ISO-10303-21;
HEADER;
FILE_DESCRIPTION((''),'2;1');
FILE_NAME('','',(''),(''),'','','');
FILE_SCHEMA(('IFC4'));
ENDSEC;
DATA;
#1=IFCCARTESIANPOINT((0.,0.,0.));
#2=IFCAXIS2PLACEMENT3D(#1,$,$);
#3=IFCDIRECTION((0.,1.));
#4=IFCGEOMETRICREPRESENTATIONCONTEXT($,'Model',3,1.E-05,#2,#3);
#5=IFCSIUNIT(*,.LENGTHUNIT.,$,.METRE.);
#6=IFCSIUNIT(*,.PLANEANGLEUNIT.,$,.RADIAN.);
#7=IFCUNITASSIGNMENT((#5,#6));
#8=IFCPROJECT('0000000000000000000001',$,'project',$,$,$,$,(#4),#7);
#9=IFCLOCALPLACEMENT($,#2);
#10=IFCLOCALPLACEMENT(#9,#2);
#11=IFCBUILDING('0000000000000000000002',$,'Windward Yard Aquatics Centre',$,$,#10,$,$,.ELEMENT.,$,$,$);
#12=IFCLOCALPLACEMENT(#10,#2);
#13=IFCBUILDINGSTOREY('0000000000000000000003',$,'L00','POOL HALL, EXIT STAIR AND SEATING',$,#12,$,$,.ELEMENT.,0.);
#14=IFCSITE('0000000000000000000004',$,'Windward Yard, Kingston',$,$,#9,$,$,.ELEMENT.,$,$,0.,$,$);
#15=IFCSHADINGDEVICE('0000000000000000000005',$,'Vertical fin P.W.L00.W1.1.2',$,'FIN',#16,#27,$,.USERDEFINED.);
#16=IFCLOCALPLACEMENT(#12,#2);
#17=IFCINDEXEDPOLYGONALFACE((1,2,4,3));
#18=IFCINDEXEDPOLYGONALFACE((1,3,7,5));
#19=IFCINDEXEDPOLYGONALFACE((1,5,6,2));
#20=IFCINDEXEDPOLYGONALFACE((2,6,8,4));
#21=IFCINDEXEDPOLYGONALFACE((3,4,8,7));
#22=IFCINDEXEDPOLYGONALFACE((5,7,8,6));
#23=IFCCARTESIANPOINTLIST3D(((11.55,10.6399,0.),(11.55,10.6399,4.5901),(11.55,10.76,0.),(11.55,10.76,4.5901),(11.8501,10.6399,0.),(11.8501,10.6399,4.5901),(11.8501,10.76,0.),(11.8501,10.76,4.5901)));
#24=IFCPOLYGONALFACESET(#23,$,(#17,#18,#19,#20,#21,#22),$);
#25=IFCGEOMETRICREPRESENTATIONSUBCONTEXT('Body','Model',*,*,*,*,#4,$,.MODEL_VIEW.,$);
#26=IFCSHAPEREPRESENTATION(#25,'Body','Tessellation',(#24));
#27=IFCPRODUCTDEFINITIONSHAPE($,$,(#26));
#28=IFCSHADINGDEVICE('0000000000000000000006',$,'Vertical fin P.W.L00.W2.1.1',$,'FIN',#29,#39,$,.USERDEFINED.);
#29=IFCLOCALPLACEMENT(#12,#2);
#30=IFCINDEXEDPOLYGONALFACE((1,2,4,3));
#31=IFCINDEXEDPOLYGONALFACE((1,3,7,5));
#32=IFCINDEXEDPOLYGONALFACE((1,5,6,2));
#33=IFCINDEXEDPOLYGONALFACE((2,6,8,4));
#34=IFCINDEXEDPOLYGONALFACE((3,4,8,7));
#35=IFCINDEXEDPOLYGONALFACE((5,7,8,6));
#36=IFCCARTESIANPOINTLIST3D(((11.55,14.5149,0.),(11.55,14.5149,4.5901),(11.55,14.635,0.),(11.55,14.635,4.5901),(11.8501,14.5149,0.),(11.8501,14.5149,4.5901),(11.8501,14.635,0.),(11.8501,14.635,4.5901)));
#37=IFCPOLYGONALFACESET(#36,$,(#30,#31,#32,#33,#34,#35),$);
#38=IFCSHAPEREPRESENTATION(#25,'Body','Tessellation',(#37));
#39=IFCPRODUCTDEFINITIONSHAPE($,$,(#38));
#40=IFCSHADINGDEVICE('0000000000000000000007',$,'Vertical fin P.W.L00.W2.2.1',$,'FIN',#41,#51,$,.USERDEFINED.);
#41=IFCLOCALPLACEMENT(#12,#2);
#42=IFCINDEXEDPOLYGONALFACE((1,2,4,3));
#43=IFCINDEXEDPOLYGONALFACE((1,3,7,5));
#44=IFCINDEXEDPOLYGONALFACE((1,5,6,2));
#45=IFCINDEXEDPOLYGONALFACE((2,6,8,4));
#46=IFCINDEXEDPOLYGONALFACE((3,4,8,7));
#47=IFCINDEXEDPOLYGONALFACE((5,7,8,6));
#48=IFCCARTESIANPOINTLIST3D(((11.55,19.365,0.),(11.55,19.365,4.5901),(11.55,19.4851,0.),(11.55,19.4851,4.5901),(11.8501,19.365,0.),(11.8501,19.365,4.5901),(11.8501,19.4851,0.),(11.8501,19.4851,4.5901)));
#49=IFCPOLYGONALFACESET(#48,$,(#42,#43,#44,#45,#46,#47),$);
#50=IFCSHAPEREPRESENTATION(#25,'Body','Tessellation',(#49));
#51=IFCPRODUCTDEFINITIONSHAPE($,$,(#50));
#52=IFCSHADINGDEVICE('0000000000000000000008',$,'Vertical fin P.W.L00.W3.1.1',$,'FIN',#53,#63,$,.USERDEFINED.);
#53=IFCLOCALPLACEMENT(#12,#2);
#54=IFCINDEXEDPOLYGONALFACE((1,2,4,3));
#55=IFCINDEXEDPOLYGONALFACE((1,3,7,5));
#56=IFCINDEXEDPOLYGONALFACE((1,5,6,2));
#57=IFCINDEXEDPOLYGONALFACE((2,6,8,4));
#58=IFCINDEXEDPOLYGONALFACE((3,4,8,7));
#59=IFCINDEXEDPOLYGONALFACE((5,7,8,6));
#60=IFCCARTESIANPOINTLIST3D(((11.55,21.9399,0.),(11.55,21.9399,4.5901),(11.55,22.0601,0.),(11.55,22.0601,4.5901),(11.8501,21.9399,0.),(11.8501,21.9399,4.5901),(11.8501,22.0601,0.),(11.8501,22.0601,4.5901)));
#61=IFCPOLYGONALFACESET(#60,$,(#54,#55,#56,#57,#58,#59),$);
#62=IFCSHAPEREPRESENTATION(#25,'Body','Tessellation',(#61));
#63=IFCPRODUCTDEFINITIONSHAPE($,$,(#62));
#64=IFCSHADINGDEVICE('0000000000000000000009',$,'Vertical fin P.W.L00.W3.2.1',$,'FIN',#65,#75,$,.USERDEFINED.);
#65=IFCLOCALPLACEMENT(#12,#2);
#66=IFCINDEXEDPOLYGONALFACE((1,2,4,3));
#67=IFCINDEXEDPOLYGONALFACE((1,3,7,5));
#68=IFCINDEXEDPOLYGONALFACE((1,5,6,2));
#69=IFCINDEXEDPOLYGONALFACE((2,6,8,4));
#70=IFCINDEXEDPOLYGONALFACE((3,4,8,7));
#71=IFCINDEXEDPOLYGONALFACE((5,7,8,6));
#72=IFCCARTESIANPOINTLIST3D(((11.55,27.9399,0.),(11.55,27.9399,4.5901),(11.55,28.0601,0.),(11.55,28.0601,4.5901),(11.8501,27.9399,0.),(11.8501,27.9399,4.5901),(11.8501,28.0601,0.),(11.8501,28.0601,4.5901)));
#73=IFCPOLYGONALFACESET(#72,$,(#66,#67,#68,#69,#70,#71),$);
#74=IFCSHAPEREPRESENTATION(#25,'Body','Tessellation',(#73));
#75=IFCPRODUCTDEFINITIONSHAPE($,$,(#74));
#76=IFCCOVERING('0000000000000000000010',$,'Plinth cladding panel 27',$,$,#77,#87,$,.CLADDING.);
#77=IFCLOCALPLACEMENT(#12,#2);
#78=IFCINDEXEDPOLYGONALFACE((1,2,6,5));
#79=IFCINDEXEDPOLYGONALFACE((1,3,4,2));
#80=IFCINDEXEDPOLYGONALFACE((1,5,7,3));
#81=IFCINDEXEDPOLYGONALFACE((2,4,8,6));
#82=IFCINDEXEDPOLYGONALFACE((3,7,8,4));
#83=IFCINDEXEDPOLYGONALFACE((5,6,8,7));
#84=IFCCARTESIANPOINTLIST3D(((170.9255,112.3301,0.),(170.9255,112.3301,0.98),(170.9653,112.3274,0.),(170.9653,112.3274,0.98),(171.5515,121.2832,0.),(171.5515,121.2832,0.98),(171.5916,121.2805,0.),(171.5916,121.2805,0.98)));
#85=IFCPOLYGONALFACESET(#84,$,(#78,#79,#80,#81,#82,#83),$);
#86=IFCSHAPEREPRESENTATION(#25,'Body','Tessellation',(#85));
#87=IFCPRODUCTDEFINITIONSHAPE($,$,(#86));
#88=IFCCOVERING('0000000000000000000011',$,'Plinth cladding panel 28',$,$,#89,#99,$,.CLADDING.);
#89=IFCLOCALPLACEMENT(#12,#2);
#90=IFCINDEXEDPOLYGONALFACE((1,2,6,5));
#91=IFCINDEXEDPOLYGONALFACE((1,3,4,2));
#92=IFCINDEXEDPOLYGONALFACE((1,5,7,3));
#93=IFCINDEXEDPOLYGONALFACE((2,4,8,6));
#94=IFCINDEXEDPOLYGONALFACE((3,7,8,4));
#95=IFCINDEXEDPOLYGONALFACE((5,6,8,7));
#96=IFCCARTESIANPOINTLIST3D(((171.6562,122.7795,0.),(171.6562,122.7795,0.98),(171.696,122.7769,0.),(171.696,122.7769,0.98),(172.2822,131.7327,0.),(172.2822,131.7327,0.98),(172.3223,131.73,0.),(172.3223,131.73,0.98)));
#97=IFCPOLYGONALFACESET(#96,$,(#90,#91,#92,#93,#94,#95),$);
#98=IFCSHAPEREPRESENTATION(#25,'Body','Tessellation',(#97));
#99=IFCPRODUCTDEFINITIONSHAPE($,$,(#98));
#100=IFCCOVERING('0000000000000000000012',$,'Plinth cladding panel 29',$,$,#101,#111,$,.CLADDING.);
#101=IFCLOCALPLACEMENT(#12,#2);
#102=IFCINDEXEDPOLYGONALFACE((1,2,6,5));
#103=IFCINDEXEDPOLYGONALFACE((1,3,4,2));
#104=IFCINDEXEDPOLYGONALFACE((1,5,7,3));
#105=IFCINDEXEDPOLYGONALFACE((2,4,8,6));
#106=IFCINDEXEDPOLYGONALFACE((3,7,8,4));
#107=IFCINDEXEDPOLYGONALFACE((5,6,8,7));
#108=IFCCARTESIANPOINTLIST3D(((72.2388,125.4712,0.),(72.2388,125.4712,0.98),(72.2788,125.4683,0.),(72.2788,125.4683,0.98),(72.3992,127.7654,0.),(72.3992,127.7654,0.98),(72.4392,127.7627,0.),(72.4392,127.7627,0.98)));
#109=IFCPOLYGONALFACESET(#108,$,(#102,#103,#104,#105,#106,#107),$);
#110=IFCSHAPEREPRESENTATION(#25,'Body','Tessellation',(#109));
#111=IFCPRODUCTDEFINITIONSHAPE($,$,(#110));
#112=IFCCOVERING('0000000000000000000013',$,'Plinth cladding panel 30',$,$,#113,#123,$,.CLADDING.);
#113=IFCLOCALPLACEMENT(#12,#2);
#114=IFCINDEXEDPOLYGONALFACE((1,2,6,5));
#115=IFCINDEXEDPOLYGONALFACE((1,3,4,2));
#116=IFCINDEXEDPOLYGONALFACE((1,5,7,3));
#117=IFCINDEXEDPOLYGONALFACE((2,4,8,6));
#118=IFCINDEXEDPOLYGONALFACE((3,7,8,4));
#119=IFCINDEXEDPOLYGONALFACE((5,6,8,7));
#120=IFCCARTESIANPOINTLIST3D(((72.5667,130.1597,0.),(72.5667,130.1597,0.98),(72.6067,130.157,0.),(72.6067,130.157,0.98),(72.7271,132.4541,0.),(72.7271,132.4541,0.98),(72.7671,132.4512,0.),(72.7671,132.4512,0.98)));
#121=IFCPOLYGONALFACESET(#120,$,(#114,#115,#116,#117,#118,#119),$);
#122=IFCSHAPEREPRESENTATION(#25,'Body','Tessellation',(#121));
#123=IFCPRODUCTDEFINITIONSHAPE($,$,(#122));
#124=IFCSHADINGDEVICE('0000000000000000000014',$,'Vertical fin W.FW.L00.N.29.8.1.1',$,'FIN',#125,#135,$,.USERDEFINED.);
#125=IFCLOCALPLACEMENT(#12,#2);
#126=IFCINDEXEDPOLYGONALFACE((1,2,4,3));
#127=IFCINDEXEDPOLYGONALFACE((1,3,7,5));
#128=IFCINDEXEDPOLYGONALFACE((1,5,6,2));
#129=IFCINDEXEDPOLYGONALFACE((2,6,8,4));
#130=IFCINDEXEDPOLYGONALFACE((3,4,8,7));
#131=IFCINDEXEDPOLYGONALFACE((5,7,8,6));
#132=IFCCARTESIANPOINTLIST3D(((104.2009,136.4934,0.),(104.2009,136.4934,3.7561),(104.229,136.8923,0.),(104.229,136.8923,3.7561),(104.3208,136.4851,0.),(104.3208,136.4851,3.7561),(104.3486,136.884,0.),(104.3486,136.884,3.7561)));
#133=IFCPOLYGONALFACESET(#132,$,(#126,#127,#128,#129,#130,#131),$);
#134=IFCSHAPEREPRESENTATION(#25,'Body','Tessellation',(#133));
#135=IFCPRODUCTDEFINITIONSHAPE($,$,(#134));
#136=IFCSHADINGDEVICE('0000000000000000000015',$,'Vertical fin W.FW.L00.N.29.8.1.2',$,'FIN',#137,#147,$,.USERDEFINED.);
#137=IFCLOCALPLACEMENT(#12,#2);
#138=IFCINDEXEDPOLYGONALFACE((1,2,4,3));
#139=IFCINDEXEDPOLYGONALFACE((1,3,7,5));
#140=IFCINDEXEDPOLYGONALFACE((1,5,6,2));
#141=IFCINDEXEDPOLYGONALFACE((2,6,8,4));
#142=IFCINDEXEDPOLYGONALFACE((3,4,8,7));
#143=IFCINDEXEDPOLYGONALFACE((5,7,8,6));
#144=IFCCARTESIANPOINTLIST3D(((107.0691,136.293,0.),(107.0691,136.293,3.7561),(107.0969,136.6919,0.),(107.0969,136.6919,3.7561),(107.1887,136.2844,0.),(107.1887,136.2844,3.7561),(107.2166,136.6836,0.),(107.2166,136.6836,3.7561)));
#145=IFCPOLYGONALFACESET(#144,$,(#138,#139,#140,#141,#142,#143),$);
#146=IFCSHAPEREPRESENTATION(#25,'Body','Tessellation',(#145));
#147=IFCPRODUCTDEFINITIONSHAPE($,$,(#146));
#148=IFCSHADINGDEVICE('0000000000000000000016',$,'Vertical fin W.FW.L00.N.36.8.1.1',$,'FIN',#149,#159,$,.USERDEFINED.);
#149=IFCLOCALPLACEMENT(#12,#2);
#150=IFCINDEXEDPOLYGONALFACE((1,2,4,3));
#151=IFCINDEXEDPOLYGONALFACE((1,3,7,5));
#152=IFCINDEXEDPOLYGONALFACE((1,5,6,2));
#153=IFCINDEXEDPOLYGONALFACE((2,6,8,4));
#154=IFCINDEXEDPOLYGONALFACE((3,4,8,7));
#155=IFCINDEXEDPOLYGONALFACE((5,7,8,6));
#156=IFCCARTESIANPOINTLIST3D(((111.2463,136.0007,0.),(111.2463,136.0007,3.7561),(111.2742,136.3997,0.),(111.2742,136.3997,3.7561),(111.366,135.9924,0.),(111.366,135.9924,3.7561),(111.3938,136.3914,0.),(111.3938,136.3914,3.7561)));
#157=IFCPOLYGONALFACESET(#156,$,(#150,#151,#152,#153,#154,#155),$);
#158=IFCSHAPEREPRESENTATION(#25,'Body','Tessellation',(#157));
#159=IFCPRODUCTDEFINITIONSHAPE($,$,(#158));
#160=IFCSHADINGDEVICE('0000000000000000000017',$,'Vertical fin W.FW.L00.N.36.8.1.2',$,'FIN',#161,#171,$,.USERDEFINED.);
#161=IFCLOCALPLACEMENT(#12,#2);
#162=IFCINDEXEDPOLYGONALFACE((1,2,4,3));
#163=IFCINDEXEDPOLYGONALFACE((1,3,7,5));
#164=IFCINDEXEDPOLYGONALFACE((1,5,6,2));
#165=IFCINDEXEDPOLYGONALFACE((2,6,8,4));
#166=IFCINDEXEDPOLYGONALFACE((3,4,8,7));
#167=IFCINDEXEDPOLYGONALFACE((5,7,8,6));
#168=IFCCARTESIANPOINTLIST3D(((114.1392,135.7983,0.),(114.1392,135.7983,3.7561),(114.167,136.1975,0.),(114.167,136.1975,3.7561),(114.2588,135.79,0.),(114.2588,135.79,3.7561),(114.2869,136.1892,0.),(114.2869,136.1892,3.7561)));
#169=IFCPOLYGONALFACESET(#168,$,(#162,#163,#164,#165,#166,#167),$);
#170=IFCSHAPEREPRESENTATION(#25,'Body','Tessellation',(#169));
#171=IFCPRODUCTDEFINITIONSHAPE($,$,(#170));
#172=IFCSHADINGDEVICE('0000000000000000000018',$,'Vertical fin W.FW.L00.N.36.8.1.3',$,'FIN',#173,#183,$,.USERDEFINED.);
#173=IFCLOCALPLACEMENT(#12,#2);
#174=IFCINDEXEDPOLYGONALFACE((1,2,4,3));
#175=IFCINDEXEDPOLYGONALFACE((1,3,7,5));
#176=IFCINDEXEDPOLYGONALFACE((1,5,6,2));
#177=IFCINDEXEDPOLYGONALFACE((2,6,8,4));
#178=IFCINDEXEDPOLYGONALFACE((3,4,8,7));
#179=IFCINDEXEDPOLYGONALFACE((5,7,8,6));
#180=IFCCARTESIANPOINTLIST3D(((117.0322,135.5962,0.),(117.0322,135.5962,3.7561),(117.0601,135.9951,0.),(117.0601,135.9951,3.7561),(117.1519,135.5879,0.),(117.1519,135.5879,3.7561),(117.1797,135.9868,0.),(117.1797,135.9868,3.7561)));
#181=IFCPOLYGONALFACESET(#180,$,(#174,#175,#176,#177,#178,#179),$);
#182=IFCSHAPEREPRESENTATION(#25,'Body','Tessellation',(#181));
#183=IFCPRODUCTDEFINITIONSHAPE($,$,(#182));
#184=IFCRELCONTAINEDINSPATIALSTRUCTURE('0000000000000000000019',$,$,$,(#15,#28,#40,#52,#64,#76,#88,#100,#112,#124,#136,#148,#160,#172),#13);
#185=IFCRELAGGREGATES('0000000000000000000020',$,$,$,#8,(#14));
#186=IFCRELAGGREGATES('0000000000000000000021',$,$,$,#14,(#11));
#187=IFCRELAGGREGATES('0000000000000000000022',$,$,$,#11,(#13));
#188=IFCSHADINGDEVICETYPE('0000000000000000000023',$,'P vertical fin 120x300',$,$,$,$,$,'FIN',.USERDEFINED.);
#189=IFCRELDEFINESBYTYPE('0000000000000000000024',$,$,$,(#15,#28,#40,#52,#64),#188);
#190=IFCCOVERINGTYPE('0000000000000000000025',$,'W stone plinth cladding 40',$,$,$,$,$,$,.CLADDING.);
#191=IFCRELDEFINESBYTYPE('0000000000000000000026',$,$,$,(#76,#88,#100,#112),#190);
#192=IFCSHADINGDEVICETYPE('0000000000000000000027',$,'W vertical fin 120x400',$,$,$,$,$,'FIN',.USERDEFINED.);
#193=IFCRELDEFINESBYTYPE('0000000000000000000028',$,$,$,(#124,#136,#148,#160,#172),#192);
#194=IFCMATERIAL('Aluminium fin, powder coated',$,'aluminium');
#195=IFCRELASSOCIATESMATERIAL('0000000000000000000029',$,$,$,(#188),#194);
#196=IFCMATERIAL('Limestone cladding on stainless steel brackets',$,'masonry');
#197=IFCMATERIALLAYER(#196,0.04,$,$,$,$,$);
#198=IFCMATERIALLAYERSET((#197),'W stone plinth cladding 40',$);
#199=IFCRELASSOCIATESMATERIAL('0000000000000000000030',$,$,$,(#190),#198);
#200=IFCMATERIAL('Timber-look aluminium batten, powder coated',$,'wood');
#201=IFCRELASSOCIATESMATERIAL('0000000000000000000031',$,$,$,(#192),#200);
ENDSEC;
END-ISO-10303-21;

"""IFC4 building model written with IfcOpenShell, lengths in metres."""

from ifc_helpers import new_model, si_unit, direction, origin, place, context, subcontext, project, spatial, polyline, outline, extrude, material, layer, layer_set, type_object, element, save


model = new_model("IFC4")

# Units and contexts
model_context = context("Model", 3, precision=1e-05, world=origin(), true_north=direction((0.0, 1.0)))
body_context = subcontext(model_context, "Body", "Model", "MODEL_VIEW")
ifc_project = project(units=[si_unit("LENGTHUNIT", "METRE"), si_unit("PLANEANGLEUNIT", "RADIAN")], contexts=[model_context])

# Site, building, storey
site_placement = place(None, origin())
site = spatial("IfcSite", under=ifc_project, at=site_placement, Name="Windward Yard, Kingston", CompositionType="ELEMENT", RefElevation=0.0)
building_placement = place(site_placement, origin())
building = spatial("IfcBuilding", under=site, at=building_placement, Name="Windward Yard Aquatics Centre", CompositionType="ELEMENT")
storey_placement = place(building_placement, origin())
storey = spatial("IfcBuildingStorey", under=building, at=storey_placement, Name="L00", Description="POOL HALL, EXIT STAIR AND SEATING", CompositionType="ELEMENT", Elevation=0.0)

# Shared definitions
ifc_material_1 = material(Name="Limestone cladding on stainless steel brackets", Category="masonry")

# Shading devices
ifc_material_2 = material(Name="Aluminium fin, powder coated", Category="aluminium")
shading_device_type_1 = type_object("IfcShadingDeviceType", Name="P vertical fin 120x300", ElementType="FIN", PredefinedType="USERDEFINED", material=ifc_material_2)
shading_device_1_placement = place(storey_placement, origin())
element("IfcShadingDevice", 1, at=shading_device_1_placement, inside=storey, type_object=shading_device_type_1, Name="Vertical fin P.W.L00.W1.1.2", ObjectType="FIN", PredefinedType="USERDEFINED", context=body_context, shape_type="SweptSolid", body=[
    extrude(outline(polyline([(11.55, 10.6399), (11.8501, 10.6399), (11.8501, 10.76), (11.55, 10.76), (11.55, 10.6399)])), origin(), (0.0, 0.0, 1.0), 4.5901),
])
shading_device_2_placement = place(storey_placement, origin())
element("IfcShadingDevice", 2, at=shading_device_2_placement, inside=storey, type_object=shading_device_type_1, Name="Vertical fin P.W.L00.W2.1.1", ObjectType="FIN", PredefinedType="USERDEFINED", context=body_context, shape_type="SweptSolid", body=[
    extrude(outline(polyline([(11.55, 14.5149), (11.8501, 14.5149), (11.8501, 14.635), (11.55, 14.635), (11.55, 14.5149)])), origin(), (0.0, 0.0, 1.0), 4.5901),
])
shading_device_3_placement = place(storey_placement, origin())
element("IfcShadingDevice", 3, at=shading_device_3_placement, inside=storey, type_object=shading_device_type_1, Name="Vertical fin P.W.L00.W2.2.1", ObjectType="FIN", PredefinedType="USERDEFINED", context=body_context, shape_type="SweptSolid", body=[
    extrude(outline(polyline([(11.55, 19.365), (11.8501, 19.365), (11.8501, 19.4851), (11.55, 19.4851), (11.55, 19.365)])), origin(), (0.0, 0.0, 1.0), 4.5901),
])
shading_device_4_placement = place(storey_placement, origin())
element("IfcShadingDevice", 4, at=shading_device_4_placement, inside=storey, type_object=shading_device_type_1, Name="Vertical fin P.W.L00.W3.1.1", ObjectType="FIN", PredefinedType="USERDEFINED", context=body_context, shape_type="SweptSolid", body=[
    extrude(outline(polyline([(11.55, 21.9399), (11.8501, 21.9399), (11.8501, 22.0601), (11.55, 22.0601), (11.55, 21.9399)])), origin(), (0.0, 0.0, 1.0), 4.5901),
])
shading_device_5_placement = place(storey_placement, origin())
element("IfcShadingDevice", 5, at=shading_device_5_placement, inside=storey, type_object=shading_device_type_1, Name="Vertical fin P.W.L00.W3.2.1", ObjectType="FIN", PredefinedType="USERDEFINED", context=body_context, shape_type="SweptSolid", body=[
    extrude(outline(polyline([(11.55, 27.9399), (11.8501, 27.9399), (11.8501, 28.0601), (11.55, 28.0601), (11.55, 27.9399)])), origin(), (0.0, 0.0, 1.0), 4.5901),
])

# Coverings
ifc_layer_1 = layer(ifc_material_1, 0.04)
ifc_layer_set_1 = layer_set([ifc_layer_1], Name="W stone plinth cladding 40")
covering_type_1 = type_object("IfcCoveringType", Name="W stone plinth cladding 40", PredefinedType="CLADDING", material=ifc_layer_set_1)
covering_1_placement = place(storey_placement, origin())
element("IfcCovering", 6, at=covering_1_placement, inside=storey, type_object=covering_type_1, Name="Plinth cladding panel 27", PredefinedType="CLADDING", context=body_context, shape_type="SweptSolid", body=[
    extrude(outline(polyline([(170.9255, 112.3301), (171.5515, 121.2832), (171.5916, 121.2805), (170.9653, 112.3274), (170.9255, 112.3301)])), origin(), (0.0, 0.0, 1.0), 0.98),
])
covering_2_placement = place(storey_placement, origin())
element("IfcCovering", 7, at=covering_2_placement, inside=storey, type_object=covering_type_1, Name="Plinth cladding panel 28", PredefinedType="CLADDING", context=body_context, shape_type="SweptSolid", body=[
    extrude(outline(polyline([(171.6562, 122.7795), (172.2822, 131.7327), (172.3223, 131.73), (171.696, 122.7769), (171.6562, 122.7795)])), origin(), (0.0, 0.0, 1.0), 0.98),
])
covering_3_placement = place(storey_placement, origin())
element("IfcCovering", 8, at=covering_3_placement, inside=storey, type_object=covering_type_1, Name="Plinth cladding panel 29", PredefinedType="CLADDING", context=body_context, shape_type="SweptSolid", body=[
    extrude(outline(polyline([(72.2388, 125.4712), (72.2788, 125.4683), (72.4392, 127.7627), (72.3992, 127.7654), (72.2388, 125.4712)])), origin(), (0.0, 0.0, 1.0), 0.98),
])
covering_4_placement = place(storey_placement, origin())
element("IfcCovering", 9, at=covering_4_placement, inside=storey, type_object=covering_type_1, Name="Plinth cladding panel 30", PredefinedType="CLADDING", context=body_context, shape_type="SweptSolid", body=[
    extrude(outline(polyline([(72.5667, 130.1597), (72.6067, 130.157), (72.7671, 132.4512), (72.7271, 132.4541), (72.5667, 130.1597)])), origin(), (0.0, 0.0, 1.0), 0.98),
])

# Shading devices
ifc_material_3 = material(Name="Timber-look aluminium batten, powder coated", Category="wood")
shading_device_type_2 = type_object("IfcShadingDeviceType", Name="W vertical fin 120x400", ElementType="FIN", PredefinedType="USERDEFINED", material=ifc_material_3)
shading_device_6_placement = place(storey_placement, origin())
element("IfcShadingDevice", 10, at=shading_device_6_placement, inside=storey, type_object=shading_device_type_2, Name="Vertical fin W.FW.L00.N.29.8.1.1", ObjectType="FIN", PredefinedType="USERDEFINED", context=body_context, shape_type="SweptSolid", body=[
    extrude(outline(polyline([(104.2009, 136.4934), (104.3208, 136.4851), (104.3486, 136.884), (104.229, 136.8923), (104.2009, 136.4934)])), origin(), (0.0, 0.0, 1.0), 3.7561),
])
shading_device_7_placement = place(storey_placement, origin())
element("IfcShadingDevice", 11, at=shading_device_7_placement, inside=storey, type_object=shading_device_type_2, Name="Vertical fin W.FW.L00.N.29.8.1.2", ObjectType="FIN", PredefinedType="USERDEFINED", context=body_context, shape_type="SweptSolid", body=[
    extrude(outline(polyline([(107.0691, 136.293), (107.1887, 136.2844), (107.2166, 136.6836), (107.0969, 136.6919), (107.0691, 136.293)])), origin(), (0.0, 0.0, 1.0), 3.7561),
])
shading_device_8_placement = place(storey_placement, origin())
element("IfcShadingDevice", 12, at=shading_device_8_placement, inside=storey, type_object=shading_device_type_2, Name="Vertical fin W.FW.L00.N.36.8.1.1", ObjectType="FIN", PredefinedType="USERDEFINED", context=body_context, shape_type="SweptSolid", body=[
    extrude(outline(polyline([(111.2463, 136.0007), (111.366, 135.9924), (111.3938, 136.3914), (111.2742, 136.3997), (111.2463, 136.0007)])), origin(), (0.0, 0.0, 1.0), 3.7561),
])
shading_device_9_placement = place(storey_placement, origin())
element("IfcShadingDevice", 13, at=shading_device_9_placement, inside=storey, type_object=shading_device_type_2, Name="Vertical fin W.FW.L00.N.36.8.1.2", ObjectType="FIN", PredefinedType="USERDEFINED", context=body_context, shape_type="SweptSolid", body=[
    extrude(outline(polyline([(114.1392, 135.7983), (114.2588, 135.79), (114.2869, 136.1892), (114.167, 136.1975), (114.1392, 135.7983)])), origin(), (0.0, 0.0, 1.0), 3.7561),
])
shading_device_10_placement = place(storey_placement, origin())
element("IfcShadingDevice", 14, at=shading_device_10_placement, inside=storey, type_object=shading_device_type_2, Name="Vertical fin W.FW.L00.N.36.8.1.3", ObjectType="FIN", PredefinedType="USERDEFINED", context=body_context, shape_type="SweptSolid", body=[
    extrude(outline(polyline([(117.0322, 135.5962), (117.1519, 135.5879), (117.1797, 135.9868), (117.0601, 135.9951), (117.0322, 135.5962)])), origin(), (0.0, 0.0, 1.0), 3.7561),
])

save(model, "model.ifc")
